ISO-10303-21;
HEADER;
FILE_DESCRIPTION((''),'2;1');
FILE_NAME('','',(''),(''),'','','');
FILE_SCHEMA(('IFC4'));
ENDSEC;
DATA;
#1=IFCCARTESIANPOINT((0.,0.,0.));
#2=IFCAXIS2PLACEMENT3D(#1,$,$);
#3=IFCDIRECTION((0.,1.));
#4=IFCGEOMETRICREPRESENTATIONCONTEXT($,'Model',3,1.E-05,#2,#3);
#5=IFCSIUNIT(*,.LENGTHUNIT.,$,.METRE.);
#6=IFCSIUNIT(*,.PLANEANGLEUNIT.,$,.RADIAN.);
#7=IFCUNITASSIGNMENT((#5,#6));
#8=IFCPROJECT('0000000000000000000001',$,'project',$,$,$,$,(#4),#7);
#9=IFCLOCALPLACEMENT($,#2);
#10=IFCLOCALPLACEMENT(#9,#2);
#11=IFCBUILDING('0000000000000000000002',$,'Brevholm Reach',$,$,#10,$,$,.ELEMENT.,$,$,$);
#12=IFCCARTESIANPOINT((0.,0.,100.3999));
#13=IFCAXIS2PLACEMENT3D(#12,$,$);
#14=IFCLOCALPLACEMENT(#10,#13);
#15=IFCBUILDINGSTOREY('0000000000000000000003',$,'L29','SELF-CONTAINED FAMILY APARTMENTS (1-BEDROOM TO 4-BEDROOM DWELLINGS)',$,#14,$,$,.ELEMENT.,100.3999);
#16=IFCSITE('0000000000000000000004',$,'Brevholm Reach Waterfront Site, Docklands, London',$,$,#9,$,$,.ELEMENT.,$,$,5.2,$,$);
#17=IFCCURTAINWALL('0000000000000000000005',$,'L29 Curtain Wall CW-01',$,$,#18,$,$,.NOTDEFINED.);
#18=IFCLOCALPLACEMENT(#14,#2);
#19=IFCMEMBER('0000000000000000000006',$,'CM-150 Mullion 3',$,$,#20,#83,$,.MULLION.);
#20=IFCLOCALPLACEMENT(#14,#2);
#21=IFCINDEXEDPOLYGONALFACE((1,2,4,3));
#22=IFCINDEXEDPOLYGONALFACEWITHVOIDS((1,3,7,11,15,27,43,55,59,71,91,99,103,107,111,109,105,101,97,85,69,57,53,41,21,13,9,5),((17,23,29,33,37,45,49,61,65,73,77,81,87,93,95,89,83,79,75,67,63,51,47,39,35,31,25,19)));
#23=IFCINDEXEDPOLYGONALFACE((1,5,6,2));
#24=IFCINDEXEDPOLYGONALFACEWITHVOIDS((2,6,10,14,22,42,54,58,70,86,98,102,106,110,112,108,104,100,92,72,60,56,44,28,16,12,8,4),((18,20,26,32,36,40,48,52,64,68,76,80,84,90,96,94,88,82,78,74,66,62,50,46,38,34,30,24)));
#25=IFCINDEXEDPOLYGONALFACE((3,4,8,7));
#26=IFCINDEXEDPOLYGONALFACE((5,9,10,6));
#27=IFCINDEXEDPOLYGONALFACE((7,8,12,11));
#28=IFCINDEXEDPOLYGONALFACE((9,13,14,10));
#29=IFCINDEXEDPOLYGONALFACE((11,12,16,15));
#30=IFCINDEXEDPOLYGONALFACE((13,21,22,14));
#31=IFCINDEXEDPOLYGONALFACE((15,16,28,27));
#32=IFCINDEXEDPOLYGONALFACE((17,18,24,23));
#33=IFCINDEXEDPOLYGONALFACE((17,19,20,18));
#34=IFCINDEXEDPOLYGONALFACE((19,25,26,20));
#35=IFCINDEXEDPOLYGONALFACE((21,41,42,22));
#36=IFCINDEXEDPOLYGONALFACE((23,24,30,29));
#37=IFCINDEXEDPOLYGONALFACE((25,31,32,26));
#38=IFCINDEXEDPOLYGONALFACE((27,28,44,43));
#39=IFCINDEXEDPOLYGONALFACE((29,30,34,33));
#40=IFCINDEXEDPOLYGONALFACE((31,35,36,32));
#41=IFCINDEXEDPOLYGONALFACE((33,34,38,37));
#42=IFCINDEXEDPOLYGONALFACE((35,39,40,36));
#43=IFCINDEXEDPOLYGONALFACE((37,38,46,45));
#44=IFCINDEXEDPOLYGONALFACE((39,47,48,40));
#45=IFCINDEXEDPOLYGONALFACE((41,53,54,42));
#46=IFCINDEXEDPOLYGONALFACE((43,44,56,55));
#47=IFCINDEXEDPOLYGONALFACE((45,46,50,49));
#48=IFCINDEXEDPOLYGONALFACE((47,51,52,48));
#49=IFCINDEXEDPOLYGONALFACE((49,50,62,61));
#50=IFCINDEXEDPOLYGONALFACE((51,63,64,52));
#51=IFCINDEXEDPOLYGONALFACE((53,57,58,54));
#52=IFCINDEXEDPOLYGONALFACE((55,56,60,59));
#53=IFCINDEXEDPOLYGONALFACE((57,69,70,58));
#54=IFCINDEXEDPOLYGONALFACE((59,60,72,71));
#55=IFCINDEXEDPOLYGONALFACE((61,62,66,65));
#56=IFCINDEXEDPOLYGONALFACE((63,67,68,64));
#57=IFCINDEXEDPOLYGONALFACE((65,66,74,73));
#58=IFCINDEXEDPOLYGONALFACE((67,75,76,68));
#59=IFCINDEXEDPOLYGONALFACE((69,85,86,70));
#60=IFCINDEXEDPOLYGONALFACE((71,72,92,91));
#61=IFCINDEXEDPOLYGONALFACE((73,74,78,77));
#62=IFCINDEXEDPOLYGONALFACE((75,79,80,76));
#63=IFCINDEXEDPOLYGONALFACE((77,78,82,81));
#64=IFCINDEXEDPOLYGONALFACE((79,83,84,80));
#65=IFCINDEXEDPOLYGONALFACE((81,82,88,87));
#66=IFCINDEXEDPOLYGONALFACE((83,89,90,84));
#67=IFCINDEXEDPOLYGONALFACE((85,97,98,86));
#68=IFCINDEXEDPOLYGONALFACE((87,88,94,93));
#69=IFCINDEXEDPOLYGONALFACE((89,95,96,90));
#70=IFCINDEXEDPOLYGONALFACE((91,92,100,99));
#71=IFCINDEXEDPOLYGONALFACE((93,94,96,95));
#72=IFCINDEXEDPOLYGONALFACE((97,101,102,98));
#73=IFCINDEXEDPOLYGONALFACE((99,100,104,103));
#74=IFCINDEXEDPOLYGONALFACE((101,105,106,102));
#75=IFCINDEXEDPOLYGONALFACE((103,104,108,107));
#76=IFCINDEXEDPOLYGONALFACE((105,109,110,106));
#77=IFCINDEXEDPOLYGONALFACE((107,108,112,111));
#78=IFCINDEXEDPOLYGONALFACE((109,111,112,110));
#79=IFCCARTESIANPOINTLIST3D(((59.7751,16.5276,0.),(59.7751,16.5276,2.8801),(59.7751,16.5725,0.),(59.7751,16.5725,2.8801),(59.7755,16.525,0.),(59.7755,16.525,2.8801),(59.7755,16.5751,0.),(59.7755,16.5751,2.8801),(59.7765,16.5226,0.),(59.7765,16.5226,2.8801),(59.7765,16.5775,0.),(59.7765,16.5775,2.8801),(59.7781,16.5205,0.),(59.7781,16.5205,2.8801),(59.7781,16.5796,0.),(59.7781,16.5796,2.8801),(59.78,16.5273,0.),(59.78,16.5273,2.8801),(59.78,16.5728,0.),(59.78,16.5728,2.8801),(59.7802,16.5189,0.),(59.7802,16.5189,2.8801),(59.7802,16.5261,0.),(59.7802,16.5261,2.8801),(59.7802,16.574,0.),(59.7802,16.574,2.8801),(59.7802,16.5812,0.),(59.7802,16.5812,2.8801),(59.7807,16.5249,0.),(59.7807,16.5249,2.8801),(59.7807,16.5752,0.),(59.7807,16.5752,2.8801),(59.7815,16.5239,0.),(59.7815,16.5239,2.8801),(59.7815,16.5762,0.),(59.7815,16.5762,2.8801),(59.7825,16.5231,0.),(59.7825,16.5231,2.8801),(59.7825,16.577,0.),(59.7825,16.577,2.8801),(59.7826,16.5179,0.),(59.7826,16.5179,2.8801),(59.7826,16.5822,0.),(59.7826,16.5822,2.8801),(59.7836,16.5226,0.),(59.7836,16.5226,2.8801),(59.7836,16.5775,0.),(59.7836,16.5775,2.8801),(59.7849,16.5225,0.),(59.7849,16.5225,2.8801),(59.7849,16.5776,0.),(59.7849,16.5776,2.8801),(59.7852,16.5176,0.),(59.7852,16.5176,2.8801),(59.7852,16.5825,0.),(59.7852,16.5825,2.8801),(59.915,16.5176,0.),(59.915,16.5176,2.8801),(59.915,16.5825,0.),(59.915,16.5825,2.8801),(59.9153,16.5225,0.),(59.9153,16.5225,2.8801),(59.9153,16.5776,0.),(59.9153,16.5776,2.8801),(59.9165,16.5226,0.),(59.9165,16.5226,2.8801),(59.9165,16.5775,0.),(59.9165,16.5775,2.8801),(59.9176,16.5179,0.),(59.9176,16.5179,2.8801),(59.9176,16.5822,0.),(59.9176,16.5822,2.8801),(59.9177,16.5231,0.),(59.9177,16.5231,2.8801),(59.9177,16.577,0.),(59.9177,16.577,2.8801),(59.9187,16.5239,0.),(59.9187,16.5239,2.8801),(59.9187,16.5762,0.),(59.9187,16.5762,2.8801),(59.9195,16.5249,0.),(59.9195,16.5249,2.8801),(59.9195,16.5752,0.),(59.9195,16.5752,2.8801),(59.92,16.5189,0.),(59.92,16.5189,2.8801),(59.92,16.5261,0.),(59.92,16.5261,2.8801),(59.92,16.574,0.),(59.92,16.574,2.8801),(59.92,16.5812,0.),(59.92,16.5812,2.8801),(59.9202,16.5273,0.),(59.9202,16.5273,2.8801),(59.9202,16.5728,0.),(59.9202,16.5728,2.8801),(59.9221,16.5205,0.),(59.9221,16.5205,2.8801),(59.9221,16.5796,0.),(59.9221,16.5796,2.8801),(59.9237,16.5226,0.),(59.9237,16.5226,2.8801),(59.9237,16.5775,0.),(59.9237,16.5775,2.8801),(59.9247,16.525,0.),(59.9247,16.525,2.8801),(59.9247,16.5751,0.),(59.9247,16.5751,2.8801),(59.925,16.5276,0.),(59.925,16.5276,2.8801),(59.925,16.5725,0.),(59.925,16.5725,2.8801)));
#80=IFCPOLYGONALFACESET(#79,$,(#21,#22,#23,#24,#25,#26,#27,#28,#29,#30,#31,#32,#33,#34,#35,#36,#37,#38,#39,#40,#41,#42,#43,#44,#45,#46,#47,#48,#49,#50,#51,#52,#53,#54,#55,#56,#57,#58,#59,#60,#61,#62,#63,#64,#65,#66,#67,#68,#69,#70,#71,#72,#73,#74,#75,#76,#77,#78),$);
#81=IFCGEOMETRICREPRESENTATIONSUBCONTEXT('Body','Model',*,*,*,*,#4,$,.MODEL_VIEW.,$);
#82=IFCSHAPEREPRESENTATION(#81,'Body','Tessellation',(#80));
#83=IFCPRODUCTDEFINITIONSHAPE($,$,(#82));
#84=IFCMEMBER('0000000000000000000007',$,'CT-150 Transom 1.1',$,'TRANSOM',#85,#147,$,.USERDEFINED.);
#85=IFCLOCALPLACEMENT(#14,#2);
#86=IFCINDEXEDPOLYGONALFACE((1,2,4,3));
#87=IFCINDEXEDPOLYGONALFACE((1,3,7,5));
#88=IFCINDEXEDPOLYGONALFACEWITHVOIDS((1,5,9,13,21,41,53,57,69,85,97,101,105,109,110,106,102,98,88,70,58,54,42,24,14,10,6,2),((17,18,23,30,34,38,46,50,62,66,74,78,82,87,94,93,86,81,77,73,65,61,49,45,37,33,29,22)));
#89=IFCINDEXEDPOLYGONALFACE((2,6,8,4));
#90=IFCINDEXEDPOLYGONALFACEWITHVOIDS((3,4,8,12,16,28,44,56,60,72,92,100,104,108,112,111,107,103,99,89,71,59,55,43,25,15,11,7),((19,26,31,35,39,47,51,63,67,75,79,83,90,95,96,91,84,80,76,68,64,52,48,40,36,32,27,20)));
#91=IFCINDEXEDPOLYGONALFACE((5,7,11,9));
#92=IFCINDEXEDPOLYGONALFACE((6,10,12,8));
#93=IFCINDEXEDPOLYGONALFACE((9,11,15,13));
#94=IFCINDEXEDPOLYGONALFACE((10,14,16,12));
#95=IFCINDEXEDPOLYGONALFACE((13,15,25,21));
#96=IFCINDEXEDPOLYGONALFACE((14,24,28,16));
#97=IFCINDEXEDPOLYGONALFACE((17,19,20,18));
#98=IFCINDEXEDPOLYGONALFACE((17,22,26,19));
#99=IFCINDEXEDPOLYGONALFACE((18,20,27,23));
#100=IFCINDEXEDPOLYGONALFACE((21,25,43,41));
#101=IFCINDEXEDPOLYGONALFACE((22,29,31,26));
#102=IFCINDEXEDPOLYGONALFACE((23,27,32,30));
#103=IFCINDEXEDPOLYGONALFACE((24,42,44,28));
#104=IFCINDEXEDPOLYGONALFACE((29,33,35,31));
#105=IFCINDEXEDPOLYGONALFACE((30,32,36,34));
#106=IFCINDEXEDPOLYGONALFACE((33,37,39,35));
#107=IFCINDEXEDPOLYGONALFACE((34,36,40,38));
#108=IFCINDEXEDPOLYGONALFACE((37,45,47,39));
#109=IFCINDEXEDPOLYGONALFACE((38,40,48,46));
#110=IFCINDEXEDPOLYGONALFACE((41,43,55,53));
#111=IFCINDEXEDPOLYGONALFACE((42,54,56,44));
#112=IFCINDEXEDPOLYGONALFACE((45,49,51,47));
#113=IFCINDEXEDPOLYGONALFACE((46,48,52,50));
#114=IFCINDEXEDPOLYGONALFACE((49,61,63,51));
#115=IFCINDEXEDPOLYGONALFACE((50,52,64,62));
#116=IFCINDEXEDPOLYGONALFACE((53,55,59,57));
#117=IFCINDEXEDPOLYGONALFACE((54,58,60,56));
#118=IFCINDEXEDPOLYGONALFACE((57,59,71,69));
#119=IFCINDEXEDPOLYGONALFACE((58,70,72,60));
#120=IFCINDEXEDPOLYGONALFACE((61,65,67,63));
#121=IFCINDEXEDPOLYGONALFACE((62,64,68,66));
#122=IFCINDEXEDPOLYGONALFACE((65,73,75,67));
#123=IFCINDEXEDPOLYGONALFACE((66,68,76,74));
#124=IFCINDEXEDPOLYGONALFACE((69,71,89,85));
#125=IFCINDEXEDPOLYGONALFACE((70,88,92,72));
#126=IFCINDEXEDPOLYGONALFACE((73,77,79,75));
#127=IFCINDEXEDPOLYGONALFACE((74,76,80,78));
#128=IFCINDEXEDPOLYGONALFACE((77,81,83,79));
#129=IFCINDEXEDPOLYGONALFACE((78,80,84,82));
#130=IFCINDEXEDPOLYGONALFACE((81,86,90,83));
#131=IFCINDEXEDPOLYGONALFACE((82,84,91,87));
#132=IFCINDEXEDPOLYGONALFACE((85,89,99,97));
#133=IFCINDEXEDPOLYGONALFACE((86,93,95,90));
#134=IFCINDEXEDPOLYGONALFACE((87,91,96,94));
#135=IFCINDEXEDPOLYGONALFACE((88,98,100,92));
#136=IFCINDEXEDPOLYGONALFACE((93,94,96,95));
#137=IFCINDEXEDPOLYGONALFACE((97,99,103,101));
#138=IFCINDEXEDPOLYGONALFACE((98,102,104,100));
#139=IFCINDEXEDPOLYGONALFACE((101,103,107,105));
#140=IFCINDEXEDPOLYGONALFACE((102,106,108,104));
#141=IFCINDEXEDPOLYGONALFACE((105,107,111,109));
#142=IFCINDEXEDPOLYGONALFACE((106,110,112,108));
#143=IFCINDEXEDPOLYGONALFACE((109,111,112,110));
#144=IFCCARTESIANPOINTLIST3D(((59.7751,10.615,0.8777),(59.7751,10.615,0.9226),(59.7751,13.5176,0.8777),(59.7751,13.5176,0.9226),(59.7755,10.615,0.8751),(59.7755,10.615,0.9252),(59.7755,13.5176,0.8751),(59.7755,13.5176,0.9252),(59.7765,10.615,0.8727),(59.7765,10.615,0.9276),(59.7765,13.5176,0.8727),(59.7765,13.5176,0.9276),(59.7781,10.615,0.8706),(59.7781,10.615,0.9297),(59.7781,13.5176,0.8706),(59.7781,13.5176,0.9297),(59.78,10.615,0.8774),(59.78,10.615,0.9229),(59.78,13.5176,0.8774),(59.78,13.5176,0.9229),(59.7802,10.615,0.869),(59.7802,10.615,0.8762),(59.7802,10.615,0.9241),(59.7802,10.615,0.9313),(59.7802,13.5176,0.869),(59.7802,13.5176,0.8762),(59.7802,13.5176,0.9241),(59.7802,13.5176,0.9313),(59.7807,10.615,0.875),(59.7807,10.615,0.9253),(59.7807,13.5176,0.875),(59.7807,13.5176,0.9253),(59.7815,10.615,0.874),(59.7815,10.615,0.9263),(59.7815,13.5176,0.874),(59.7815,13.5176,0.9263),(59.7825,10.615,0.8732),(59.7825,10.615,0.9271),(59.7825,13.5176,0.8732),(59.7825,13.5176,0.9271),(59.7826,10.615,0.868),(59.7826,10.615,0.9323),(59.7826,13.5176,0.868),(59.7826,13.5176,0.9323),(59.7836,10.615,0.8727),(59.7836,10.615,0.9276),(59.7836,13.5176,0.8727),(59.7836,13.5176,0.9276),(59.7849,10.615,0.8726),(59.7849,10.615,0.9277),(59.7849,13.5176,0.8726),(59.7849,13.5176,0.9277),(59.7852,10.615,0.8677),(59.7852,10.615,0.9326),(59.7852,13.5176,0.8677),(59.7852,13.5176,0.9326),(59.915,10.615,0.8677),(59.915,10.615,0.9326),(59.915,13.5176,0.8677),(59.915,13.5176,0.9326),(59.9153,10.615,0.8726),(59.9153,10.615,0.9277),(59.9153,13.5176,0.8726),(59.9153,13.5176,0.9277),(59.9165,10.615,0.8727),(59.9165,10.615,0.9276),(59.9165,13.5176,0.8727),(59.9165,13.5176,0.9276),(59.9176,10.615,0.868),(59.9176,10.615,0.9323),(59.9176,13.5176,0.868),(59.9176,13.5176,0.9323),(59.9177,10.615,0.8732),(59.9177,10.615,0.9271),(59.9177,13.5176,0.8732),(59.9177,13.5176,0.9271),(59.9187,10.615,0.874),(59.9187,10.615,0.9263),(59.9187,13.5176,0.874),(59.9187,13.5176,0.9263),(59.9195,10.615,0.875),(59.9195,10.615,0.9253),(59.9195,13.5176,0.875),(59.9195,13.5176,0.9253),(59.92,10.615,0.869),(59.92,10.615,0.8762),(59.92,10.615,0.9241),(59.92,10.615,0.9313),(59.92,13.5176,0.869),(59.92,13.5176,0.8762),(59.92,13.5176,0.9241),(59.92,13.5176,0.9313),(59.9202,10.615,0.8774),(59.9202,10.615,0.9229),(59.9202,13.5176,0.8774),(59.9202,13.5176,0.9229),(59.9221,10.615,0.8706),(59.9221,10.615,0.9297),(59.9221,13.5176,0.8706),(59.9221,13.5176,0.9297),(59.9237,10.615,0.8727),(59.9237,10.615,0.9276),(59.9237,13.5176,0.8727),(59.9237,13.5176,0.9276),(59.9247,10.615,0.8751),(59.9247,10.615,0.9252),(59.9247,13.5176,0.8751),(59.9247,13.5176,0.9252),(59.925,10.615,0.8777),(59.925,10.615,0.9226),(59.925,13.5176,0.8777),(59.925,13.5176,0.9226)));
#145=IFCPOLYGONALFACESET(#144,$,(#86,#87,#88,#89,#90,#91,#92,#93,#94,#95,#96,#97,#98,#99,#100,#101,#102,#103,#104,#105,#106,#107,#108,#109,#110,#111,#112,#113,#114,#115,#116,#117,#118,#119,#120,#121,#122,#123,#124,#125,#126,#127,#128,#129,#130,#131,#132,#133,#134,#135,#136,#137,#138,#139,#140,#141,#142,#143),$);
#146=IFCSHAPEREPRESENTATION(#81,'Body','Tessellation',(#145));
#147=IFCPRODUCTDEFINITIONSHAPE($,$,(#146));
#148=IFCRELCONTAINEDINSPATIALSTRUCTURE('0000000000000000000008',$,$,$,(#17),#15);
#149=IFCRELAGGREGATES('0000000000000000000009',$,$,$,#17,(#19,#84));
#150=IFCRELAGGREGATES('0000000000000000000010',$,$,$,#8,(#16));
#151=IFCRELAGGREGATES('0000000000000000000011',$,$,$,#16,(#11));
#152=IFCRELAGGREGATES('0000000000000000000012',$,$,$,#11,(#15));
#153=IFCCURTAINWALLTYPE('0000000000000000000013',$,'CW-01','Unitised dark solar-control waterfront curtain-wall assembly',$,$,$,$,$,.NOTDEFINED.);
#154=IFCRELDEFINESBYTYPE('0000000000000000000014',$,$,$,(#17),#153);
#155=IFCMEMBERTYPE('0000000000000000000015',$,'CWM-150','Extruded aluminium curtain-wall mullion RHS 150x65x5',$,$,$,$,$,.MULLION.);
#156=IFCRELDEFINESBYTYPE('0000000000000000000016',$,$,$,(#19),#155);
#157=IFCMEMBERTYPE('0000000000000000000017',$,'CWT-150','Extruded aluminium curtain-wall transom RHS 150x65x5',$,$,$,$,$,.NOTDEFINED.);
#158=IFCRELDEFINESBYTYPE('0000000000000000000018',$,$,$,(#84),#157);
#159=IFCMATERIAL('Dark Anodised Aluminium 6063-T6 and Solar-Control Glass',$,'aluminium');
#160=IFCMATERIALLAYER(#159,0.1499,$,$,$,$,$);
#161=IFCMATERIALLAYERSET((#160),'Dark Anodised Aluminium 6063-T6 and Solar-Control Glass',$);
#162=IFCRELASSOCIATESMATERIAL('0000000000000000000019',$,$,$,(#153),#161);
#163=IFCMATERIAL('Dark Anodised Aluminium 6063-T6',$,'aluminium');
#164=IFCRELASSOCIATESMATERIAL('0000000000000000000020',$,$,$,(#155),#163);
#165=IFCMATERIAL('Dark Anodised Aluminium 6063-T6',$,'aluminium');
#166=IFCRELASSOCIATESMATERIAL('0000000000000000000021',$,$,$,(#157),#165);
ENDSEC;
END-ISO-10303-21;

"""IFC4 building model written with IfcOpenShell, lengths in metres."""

from ifc_helpers import new_model, si_unit, direction, frame, origin, origin_2d, place, context, subcontext, project, spatial, hollow_rectangle, extrude, material, layer, layer_set, material_profile, profile_set, type_object, element, aggregate, save


model = new_model("IFC4")

# Units and contexts
model_context = context("Model", 3, precision=1e-05, world=origin(), true_north=direction((0.0, 1.0)))
body_context = subcontext(model_context, "Body", "Model", "MODEL_VIEW")
ifc_project = project(units=[si_unit("LENGTHUNIT", "METRE"), si_unit("PLANEANGLEUNIT", "RADIAN")], contexts=[model_context])

# Site, building, storey
site_placement = place(None, origin())
site = spatial("IfcSite", under=ifc_project, at=site_placement, Name="Brevholm Reach Waterfront Site, Docklands, London", CompositionType="ELEMENT", RefElevation=5.2)
building_placement = place(site_placement, origin())
building = spatial("IfcBuilding", under=site, at=building_placement, Name="Brevholm Reach", CompositionType="ELEMENT")
storey_placement = place(building_placement, frame((0.0, 0.0, 100.3999)))
storey = spatial("IfcBuildingStorey", under=building, at=storey_placement, Name="L29", Description="SELF-CONTAINED FAMILY APARTMENTS (1-BEDROOM TO 4-BEDROOM DWELLINGS)", CompositionType="ELEMENT", Elevation=100.3999)

# Curtain wall, members
ifc_material_1 = material(Name="Dark Anodised Aluminium 6063-T6 and Solar-Control Glass", Category="aluminium")
ifc_layer_1 = layer(ifc_material_1, 0.1499)
ifc_layer_set_1 = layer_set([ifc_layer_1], Name="Dark Anodised Aluminium 6063-T6 and Solar-Control Glass")
curtain_wall_type = type_object("IfcCurtainWallType", Name="CW-01", Description="Unitised dark solar-control waterfront curtain-wall assembly", PredefinedType="NOTDEFINED", material=ifc_layer_set_1)
curtain_wall_placement = place(storey_placement, origin())
curtain_wall = element("IfcCurtainWall", 1, at=curtain_wall_placement, inside=storey, type_object=curtain_wall_type, Name="L29 Curtain Wall CW-01", PredefinedType="NOTDEFINED")
ifc_material_2 = material(Name="Dark Anodised Aluminium 6063-T6", Category="aluminium")
ifc_material_profile_1 = material_profile(ifc_material_2, hollow_rectangle(XDim=0.0649, YDim=0.1499, WallThickness=0.0049, InnerFilletRadius=0.0049, OuterFilletRadius=0.01, at=origin_2d()), Name="RHS 150x65x5")
ifc_profile_set_1 = profile_set([ifc_material_profile_1], Name="Dark Anodised Aluminium 6063-T6")
member_type_1 = type_object("IfcMemberType", Name="CWM-150", Description="Extruded aluminium curtain-wall mullion RHS 150x65x5", PredefinedType="MULLION", material=ifc_profile_set_1)
member_1_placement = place(storey_placement, frame((59.8501, 16.55, 0.0), z_axis=(0.0, 0.0, 1.0), x_axis=(0.0, 1.0, 0.0)))
member_1 = element("IfcMember", 2, at=member_1_placement, type_object=member_type_1, Name="CM-150 Mullion 3", PredefinedType="MULLION", context=body_context, shape_type="SweptSolid", body=[
    extrude(hollow_rectangle(XDim=0.0649, YDim=0.1499, WallThickness=0.0049, InnerFilletRadius=0.0049, OuterFilletRadius=0.01, at=origin_2d()), origin(), (0.0, 0.0, 1.0), 2.8801),
])
ifc_material_3 = material(Name="Dark Anodised Aluminium 6063-T6", Category="aluminium")
ifc_material_profile_2 = material_profile(ifc_material_3, hollow_rectangle(XDim=0.0649, YDim=0.1499, WallThickness=0.0049, InnerFilletRadius=0.0049, OuterFilletRadius=0.01, at=origin_2d()), Name="RHS 150x65x5")
ifc_profile_set_2 = profile_set([ifc_material_profile_2], Name="Dark Anodised Aluminium 6063-T6")
member_type_2 = type_object("IfcMemberType", Name="CWT-150", Description="Extruded aluminium curtain-wall transom RHS 150x65x5", PredefinedType="NOTDEFINED", material=ifc_profile_set_2)
member_2_placement = place(storey_placement, frame((59.8501, 10.615, 0.9001), z_axis=(0.0, 1.0, 0.0), x_axis=(0.0, 0.0, 1.0)))
member_2 = element("IfcMember", 3, at=member_2_placement, type_object=member_type_2, Name="CT-150 Transom 1.1", ObjectType="TRANSOM", PredefinedType="USERDEFINED", context=body_context, shape_type="SweptSolid", body=[
    extrude(hollow_rectangle(XDim=0.0649, YDim=0.1499, WallThickness=0.0049, InnerFilletRadius=0.0049, OuterFilletRadius=0.01, at=origin_2d()), origin(), (0.0, 0.0, 1.0), 2.9026),
])
aggregate(curtain_wall, [member_1, member_2])

save(model, "model.ifc")
